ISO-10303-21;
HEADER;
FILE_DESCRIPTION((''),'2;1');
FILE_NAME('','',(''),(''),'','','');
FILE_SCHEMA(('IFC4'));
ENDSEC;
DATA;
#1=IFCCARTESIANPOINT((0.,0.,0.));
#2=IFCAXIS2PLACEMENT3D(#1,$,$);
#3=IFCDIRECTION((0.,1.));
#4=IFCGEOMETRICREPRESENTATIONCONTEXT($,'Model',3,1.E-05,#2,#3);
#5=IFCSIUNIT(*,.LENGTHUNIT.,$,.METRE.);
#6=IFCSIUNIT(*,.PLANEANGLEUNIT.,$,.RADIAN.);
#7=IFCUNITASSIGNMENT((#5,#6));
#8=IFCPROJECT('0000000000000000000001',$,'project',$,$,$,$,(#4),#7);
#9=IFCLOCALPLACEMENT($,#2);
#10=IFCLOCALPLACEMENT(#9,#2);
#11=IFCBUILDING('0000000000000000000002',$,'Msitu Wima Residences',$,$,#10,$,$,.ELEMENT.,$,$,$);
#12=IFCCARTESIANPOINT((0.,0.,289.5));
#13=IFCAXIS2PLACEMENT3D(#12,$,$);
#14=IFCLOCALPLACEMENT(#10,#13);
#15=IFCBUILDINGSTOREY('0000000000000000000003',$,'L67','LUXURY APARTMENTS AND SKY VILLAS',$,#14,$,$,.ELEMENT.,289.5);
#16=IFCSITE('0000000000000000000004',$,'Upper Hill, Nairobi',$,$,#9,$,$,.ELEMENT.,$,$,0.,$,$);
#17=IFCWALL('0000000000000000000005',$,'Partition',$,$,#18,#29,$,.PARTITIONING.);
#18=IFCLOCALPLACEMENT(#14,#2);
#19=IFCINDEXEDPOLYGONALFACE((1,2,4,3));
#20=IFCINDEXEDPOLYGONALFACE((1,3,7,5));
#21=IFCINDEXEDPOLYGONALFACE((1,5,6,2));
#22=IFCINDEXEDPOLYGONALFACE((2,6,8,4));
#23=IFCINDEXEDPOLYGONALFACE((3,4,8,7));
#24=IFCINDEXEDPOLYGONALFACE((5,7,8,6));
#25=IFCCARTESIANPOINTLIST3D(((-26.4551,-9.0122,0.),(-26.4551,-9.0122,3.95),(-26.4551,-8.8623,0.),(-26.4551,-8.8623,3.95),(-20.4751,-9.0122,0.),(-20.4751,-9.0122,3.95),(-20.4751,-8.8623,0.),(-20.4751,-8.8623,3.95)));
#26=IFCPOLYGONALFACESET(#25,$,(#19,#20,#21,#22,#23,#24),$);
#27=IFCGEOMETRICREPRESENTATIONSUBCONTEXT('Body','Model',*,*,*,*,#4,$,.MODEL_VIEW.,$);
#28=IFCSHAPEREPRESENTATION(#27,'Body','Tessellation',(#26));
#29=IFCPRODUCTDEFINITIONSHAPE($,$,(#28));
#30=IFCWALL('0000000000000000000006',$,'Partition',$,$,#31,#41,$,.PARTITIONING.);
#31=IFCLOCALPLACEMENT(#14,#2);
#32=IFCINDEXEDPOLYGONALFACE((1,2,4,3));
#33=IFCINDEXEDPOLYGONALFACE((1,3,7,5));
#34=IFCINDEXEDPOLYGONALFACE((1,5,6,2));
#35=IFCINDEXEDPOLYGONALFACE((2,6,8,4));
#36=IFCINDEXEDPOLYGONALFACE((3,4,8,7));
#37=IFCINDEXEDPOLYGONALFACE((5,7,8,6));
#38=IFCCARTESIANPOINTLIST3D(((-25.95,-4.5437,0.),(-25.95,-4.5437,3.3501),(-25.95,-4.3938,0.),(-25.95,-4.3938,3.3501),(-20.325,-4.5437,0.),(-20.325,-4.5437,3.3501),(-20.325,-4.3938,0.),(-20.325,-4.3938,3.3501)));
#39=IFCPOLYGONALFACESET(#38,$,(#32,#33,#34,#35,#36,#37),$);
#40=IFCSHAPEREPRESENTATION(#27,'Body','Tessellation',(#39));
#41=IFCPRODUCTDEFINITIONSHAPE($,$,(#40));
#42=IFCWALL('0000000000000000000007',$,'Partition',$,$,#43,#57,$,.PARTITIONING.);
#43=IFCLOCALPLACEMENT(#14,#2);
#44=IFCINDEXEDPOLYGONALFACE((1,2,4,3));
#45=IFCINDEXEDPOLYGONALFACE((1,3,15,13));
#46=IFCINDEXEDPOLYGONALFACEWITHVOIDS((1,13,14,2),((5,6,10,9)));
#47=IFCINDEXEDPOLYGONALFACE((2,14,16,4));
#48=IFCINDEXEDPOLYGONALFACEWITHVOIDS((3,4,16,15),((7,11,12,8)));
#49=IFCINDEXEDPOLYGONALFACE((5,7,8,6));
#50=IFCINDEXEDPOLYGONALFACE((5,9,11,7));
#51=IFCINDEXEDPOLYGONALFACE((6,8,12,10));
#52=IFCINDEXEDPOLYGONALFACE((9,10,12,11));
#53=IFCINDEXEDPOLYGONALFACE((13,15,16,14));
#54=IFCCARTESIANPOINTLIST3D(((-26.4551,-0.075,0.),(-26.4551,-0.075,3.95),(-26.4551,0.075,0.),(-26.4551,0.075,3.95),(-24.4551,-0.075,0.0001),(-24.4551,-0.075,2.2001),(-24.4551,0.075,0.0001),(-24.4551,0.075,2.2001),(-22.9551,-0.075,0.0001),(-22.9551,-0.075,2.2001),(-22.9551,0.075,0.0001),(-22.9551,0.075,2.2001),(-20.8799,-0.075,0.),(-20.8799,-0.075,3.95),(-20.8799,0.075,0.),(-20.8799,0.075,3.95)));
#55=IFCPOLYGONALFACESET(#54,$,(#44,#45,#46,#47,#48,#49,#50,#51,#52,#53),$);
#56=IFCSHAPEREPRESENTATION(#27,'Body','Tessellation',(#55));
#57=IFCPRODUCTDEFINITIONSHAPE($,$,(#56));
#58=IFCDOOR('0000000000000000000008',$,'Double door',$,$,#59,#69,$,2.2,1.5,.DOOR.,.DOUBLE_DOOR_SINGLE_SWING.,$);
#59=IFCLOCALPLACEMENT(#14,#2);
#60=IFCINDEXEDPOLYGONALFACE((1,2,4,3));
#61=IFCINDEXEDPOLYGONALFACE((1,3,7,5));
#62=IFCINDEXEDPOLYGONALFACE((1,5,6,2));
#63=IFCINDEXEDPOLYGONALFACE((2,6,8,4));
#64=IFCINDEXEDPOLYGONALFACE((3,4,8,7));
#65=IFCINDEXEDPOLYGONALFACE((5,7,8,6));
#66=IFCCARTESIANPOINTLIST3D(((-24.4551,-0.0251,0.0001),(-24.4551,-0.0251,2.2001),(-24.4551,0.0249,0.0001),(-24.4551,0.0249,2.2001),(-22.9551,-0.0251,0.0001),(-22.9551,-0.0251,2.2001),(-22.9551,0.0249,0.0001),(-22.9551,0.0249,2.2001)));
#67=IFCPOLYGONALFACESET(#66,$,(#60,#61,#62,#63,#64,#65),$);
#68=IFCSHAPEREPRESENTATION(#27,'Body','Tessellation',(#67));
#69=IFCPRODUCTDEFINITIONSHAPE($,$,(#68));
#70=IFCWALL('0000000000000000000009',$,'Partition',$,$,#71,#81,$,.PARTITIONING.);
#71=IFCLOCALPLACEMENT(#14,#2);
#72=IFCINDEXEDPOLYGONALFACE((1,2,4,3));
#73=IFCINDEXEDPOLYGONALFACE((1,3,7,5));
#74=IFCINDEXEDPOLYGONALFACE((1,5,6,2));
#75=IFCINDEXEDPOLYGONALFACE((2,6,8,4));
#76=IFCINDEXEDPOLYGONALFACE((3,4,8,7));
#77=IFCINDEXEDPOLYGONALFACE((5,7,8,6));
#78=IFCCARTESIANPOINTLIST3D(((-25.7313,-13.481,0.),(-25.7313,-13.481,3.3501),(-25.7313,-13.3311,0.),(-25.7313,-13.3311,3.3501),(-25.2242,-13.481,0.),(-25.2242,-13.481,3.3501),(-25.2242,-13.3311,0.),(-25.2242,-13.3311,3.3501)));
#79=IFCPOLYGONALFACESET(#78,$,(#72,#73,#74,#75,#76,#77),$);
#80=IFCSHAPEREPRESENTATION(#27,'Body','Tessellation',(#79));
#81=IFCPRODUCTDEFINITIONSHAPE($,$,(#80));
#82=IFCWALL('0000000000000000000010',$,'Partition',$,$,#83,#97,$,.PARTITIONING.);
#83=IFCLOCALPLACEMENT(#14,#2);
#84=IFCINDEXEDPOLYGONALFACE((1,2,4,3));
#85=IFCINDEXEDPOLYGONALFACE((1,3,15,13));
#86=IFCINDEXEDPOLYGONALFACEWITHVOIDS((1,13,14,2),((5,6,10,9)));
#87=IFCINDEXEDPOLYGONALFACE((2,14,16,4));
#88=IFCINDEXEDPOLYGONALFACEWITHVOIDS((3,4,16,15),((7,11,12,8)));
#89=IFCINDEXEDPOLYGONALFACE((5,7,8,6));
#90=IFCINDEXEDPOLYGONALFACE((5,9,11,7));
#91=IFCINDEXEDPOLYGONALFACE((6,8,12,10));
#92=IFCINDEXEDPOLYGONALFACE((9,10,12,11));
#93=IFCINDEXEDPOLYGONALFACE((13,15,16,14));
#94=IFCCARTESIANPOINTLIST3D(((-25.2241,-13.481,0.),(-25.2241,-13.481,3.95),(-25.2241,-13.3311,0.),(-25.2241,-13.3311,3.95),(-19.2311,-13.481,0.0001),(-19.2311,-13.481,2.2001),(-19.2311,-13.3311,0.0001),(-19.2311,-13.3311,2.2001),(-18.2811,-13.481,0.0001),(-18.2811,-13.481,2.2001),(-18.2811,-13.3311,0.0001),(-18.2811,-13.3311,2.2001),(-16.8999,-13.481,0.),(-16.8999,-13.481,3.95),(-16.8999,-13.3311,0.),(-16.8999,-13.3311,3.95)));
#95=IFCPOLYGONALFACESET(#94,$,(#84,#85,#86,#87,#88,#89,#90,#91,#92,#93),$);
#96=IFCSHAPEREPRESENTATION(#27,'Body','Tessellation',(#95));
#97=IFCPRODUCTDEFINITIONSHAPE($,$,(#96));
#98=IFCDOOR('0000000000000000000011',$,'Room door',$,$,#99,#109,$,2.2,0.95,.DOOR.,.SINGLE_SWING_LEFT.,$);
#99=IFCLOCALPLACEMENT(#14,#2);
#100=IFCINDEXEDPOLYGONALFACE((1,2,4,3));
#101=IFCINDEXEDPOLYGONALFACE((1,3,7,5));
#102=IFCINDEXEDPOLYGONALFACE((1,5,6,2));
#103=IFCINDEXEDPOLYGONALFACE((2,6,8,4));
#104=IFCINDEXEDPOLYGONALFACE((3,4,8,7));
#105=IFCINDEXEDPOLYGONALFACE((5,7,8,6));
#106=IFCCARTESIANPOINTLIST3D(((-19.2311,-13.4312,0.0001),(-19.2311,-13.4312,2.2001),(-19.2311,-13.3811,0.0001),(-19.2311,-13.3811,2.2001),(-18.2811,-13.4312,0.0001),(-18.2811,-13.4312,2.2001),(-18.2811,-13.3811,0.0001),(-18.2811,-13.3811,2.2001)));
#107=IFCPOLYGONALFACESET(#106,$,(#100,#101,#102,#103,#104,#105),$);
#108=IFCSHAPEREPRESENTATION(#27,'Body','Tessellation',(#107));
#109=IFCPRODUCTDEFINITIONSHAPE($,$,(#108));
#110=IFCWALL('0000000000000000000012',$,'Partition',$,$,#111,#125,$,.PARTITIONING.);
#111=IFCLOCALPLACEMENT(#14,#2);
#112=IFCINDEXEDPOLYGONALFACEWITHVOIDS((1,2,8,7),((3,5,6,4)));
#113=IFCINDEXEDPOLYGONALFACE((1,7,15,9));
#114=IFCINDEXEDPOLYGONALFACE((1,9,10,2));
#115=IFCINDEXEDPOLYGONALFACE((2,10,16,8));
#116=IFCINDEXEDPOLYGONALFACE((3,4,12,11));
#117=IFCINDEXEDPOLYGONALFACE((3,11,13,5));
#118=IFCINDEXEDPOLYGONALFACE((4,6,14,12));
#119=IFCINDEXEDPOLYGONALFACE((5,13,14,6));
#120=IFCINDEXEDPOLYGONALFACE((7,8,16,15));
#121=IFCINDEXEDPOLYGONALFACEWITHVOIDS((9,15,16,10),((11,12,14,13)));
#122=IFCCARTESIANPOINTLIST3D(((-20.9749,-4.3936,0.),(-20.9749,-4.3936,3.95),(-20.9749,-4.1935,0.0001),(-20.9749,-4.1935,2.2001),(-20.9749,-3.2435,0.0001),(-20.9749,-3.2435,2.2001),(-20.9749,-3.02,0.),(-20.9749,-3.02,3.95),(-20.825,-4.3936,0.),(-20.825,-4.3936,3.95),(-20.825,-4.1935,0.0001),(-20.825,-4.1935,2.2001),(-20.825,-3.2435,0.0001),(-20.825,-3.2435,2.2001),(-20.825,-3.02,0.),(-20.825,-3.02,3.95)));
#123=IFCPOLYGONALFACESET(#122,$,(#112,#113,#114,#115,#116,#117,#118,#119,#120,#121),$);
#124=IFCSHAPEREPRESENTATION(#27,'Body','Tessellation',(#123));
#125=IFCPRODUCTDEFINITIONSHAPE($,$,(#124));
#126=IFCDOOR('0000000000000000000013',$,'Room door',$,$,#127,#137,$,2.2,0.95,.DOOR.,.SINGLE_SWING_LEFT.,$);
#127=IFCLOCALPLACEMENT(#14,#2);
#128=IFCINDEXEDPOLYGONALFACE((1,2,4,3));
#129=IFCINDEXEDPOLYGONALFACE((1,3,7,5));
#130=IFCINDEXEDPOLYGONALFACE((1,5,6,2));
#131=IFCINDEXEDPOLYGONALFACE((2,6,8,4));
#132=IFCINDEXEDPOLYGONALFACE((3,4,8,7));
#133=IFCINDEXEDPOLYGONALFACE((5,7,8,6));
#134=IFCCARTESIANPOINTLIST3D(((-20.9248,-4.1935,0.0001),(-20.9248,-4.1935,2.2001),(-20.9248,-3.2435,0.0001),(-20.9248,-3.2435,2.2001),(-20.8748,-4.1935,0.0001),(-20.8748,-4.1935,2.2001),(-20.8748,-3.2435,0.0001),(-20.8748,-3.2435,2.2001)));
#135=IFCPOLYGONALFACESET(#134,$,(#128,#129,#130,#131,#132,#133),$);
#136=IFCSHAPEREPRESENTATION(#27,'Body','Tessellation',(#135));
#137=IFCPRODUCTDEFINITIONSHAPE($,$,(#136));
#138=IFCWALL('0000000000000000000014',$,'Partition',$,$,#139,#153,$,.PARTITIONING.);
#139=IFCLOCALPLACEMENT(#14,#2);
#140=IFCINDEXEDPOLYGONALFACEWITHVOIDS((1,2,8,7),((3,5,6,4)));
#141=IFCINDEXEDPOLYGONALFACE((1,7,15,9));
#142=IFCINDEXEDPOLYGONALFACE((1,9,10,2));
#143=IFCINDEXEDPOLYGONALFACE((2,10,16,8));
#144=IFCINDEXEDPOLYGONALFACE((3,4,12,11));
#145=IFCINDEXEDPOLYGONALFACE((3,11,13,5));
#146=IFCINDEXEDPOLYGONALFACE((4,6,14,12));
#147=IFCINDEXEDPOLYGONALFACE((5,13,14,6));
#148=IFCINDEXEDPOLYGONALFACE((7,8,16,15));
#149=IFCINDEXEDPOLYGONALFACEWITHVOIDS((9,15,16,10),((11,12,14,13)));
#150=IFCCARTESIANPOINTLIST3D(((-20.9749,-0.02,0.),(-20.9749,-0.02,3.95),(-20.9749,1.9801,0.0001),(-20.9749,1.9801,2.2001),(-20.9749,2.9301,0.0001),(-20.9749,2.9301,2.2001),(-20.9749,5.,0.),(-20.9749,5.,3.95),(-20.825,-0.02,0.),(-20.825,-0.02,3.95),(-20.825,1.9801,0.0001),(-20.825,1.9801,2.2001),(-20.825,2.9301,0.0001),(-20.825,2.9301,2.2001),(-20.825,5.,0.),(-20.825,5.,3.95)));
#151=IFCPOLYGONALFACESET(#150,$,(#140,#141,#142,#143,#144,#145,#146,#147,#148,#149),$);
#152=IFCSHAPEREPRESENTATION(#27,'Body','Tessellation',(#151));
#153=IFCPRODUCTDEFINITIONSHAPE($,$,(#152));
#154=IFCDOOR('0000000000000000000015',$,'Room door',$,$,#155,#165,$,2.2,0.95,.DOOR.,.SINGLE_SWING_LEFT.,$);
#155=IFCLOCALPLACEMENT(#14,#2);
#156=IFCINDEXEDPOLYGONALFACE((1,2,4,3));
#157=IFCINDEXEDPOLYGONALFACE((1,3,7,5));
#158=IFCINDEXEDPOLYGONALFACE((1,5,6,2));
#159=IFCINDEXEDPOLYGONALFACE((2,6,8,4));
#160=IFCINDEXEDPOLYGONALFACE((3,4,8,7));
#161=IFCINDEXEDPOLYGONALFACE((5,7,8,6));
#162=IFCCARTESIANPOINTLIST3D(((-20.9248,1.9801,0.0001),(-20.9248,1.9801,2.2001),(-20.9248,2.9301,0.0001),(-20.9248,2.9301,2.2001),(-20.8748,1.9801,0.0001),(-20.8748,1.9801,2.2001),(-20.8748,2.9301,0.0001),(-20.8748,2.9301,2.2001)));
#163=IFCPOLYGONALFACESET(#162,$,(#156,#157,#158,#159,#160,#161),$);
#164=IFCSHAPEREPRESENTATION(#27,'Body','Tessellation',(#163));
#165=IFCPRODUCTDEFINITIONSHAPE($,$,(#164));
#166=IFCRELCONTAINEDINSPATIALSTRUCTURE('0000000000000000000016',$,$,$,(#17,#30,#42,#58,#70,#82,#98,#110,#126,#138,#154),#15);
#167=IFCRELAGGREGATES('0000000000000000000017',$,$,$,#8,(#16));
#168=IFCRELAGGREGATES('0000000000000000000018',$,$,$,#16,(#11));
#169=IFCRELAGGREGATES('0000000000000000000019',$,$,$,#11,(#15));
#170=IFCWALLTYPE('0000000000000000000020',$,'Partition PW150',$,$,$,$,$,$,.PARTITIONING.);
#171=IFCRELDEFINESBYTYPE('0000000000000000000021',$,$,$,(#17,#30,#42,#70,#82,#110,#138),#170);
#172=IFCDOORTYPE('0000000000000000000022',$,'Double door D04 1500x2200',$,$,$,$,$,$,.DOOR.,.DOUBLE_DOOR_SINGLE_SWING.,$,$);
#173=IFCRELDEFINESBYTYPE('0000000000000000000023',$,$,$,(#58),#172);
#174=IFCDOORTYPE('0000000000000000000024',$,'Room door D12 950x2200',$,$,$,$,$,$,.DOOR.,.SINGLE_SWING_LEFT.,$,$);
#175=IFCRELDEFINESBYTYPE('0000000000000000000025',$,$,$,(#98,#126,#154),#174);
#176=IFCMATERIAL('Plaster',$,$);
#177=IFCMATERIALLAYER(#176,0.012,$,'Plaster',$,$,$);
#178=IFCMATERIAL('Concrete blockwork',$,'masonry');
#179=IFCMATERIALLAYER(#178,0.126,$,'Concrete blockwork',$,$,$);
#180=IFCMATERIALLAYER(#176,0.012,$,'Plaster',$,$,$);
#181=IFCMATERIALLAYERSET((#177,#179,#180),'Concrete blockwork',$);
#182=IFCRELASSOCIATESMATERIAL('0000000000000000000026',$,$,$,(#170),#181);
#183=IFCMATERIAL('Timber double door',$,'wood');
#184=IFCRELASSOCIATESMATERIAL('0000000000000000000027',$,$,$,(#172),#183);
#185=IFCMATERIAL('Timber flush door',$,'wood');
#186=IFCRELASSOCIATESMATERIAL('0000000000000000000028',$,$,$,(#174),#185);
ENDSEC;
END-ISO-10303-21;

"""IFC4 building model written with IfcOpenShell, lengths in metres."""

from ifc_helpers import new_model, si_unit, direction, frame, frame_2d, origin, place, context, subcontext, project, spatial, rectangle, extrude, material, layer, layer_set, type_object, element, fill, save


model = new_model("IFC4")

# Units and contexts
model_context = context("Model", 3, precision=1e-05, world=origin(), true_north=direction((0.0, 1.0)))
body_context = subcontext(model_context, "Body", "Model", "MODEL_VIEW")
ifc_project = project(units=[si_unit("LENGTHUNIT", "METRE"), si_unit("PLANEANGLEUNIT", "RADIAN")], contexts=[model_context])

# Site, building, storey
site_placement = place(None, origin())
site = spatial("IfcSite", under=ifc_project, at=site_placement, Name="Upper Hill, Nairobi", CompositionType="ELEMENT", RefElevation=0.0)
building_placement = place(site_placement, origin())
building = spatial("IfcBuilding", under=site, at=building_placement, Name="Msitu Wima Residences", CompositionType="ELEMENT")
storey_placement = place(building_placement, frame((0.0, 0.0, 289.5)))
storey = spatial("IfcBuildingStorey", under=building, at=storey_placement, Name="L67", Description="LUXURY APARTMENTS AND SKY VILLAS", CompositionType="ELEMENT", Elevation=289.5)

# Walls
ifc_material_1 = material(Name="Plaster")
ifc_layer_1 = layer(ifc_material_1, 0.012, Name="Plaster")
ifc_material_2 = material(Name="Concrete blockwork", Category="masonry")
ifc_layer_2 = layer(ifc_material_2, 0.126, Name="Concrete blockwork")
ifc_layer_3 = layer(ifc_material_1, 0.012, Name="Plaster")
ifc_layer_set_1 = layer_set([ifc_layer_1, ifc_layer_2, ifc_layer_3], Name="Concrete blockwork")
wall_type_1 = type_object("IfcWallType", Name="Partition PW150", PredefinedType="PARTITIONING", material=ifc_layer_set_1)
wall_1_placement = place(storey_placement, frame((-26.4551, -8.9373, 0.0), z_axis=(0.0, 0.0, 1.0), x_axis=(1.0, 0.0, 0.0)))
element("IfcWall", 1, at=wall_1_placement, inside=storey, type_object=wall_type_1, Name="Partition", PredefinedType="PARTITIONING", context=body_context, shape_type="SweptSolid", body=[
    extrude(rectangle(XDim=5.98, YDim=0.1499, at=frame_2d((2.99, 0.0))), origin(), (0.0, 0.0, 1.0), 3.95),
])
wall_2_placement = place(storey_placement, frame((-25.95, -4.4688, 0.0), z_axis=(0.0, 0.0, 1.0), x_axis=(1.0, 0.0, 0.0)))
element("IfcWall", 2, at=wall_2_placement, inside=storey, type_object=wall_type_1, Name="Partition", PredefinedType="PARTITIONING", context=body_context, shape_type="SweptSolid", body=[
    extrude(rectangle(XDim=5.625, YDim=0.1499, at=frame_2d((2.8125, 0.0))), origin(), (0.0, 0.0, 1.0), 3.3501),
])

# Wall, opening, door
wall_3_placement = place(storey_placement, frame((-26.4551, 0.0, 0.0), z_axis=(0.0, 0.0, 1.0), x_axis=(1.0, 0.0, 0.0)))
wall_3 = element("IfcWall", 3, at=wall_3_placement, inside=storey, type_object=wall_type_1, Name="Partition", PredefinedType="PARTITIONING", context=body_context, shape_type="SweptSolid", body=[
    extrude(rectangle(XDim=5.5752, YDim=0.1499, at=frame_2d((2.7876, 0.0))), origin(), (0.0, 0.0, 1.0), 3.95),
])
opening_1_placement = place(wall_3_placement, frame((2.0, 0.0, 0.0)))
opening_1 = element("IfcOpeningElement", 4, at=opening_1_placement, cuts=wall_3, PredefinedType="OPENING", context=body_context, shape_type="SweptSolid", body=[
    extrude(rectangle(XDim=1.5, YDim=2.2, at=frame_2d((0.75, 1.1001))), frame((0.0, 0.085, 0.0), z_axis=(0.0, -1.0, 0.0), x_axis=(1.0, 0.0, 0.0)), (0.0, 0.0, 1.0), 0.1699),
])
ifc_material_3 = material(Name="Timber double door", Category="wood")
door_type_1 = type_object("IfcDoorType", Name="Double door D04 1500x2200", OperationType="DOUBLE_DOOR_SINGLE_SWING", PredefinedType="DOOR", material=ifc_material_3)
door_1_placement = place(opening_1_placement, origin())
door_1 = element("IfcDoor", 5, at=door_1_placement, inside=storey, type_object=door_type_1, Name="Double door", OperationType="DOUBLE_DOOR_SINGLE_SWING", OverallHeight=2.2, OverallWidth=1.5, PredefinedType="DOOR", context=body_context, shape_type="SweptSolid", body=[
    extrude(rectangle(XDim=1.5, YDim=2.2, at=frame_2d((0.75, 1.1001))), frame((0.0, 0.0249, 0.0), z_axis=(0.0, -1.0, 0.0), x_axis=(1.0, 0.0, 0.0)), (0.0, 0.0, 1.0), 0.05),
])
fill(opening_1, door_1)

# Wall
wall_4_placement = place(storey_placement, frame((-25.7312, -13.406, 0.0), z_axis=(0.0, 0.0, 1.0), x_axis=(1.0, 0.0, 0.0)))
element("IfcWall", 6, at=wall_4_placement, inside=storey, type_object=wall_type_1, Name="Partition", PredefinedType="PARTITIONING", context=body_context, shape_type="SweptSolid", body=[
    extrude(rectangle(XDim=0.5071, YDim=0.1499, at=frame_2d((0.2534, 0.0))), origin(), (0.0, 0.0, 1.0), 3.3501),
])

# Walls, openings, doors
wall_5_placement = place(storey_placement, frame((-25.2241, -13.406, 0.0), z_axis=(0.0, 0.0, 1.0), x_axis=(1.0, 0.0, 0.0)))
wall_5 = element("IfcWall", 7, at=wall_5_placement, inside=storey, type_object=wall_type_1, Name="Partition", PredefinedType="PARTITIONING", context=body_context, shape_type="SweptSolid", body=[
    extrude(rectangle(XDim=8.3242, YDim=0.1499, at=frame_2d((4.1621, 0.0))), origin(), (0.0, 0.0, 1.0), 3.95),
])
opening_2_placement = place(wall_5_placement, frame((5.9929, 0.0, 0.0)))
opening_2 = element("IfcOpeningElement", 8, at=opening_2_placement, cuts=wall_5, PredefinedType="OPENING", context=body_context, shape_type="SweptSolid", body=[
    extrude(rectangle(XDim=0.95, YDim=2.2, at=frame_2d((0.4751, 1.1001))), frame((0.0, 0.085, 0.0), z_axis=(0.0, -1.0, 0.0), x_axis=(1.0, 0.0, 0.0)), (0.0, 0.0, 1.0), 0.1699),
])
ifc_material_4 = material(Name="Timber flush door", Category="wood")
door_type_2 = type_object("IfcDoorType", Name="Room door D12 950x2200", OperationType="SINGLE_SWING_LEFT", PredefinedType="DOOR", material=ifc_material_4)
door_2_placement = place(opening_2_placement, origin())
door_2 = element("IfcDoor", 9, at=door_2_placement, inside=storey, type_object=door_type_2, Name="Room door", OperationType="SINGLE_SWING_LEFT", OverallHeight=2.2, OverallWidth=0.95, PredefinedType="DOOR", context=body_context, shape_type="SweptSolid", body=[
    extrude(rectangle(XDim=0.95, YDim=2.2, at=frame_2d((0.4751, 1.1001))), frame((0.0, 0.0249, 0.0), z_axis=(0.0, -1.0, 0.0), x_axis=(1.0, 0.0, 0.0)), (0.0, 0.0, 1.0), 0.05),
])
fill(opening_2, door_2)
wall_6_placement = place(storey_placement, frame((-20.8999, -4.3936, 0.0), z_axis=(0.0, 0.0, 1.0), x_axis=(0.0, 1.0, 0.0)))
wall_6 = element("IfcWall", 10, at=wall_6_placement, inside=storey, type_object=wall_type_1, Name="Partition", PredefinedType="PARTITIONING", context=body_context, shape_type="SweptSolid", body=[
    extrude(rectangle(XDim=1.3735, YDim=0.1499, at=frame_2d((0.6868, 0.0))), origin(), (0.0, 0.0, 1.0), 3.95),
])
opening_3_placement = place(wall_6_placement, frame((0.2, 0.0, 0.0)))
opening_3 = element("IfcOpeningElement", 11, at=opening_3_placement, cuts=wall_6, PredefinedType="OPENING", context=body_context, shape_type="SweptSolid", body=[
    extrude(rectangle(XDim=0.95, YDim=2.2, at=frame_2d((0.4751, 1.1001))), frame((0.0, 0.085, 0.0), z_axis=(0.0, -1.0, 0.0), x_axis=(1.0, 0.0, 0.0)), (0.0, 0.0, 1.0), 0.1699),
])
door_3_placement = place(opening_3_placement, origin())
door_3 = element("IfcDoor", 12, at=door_3_placement, inside=storey, type_object=door_type_2, Name="Room door", OperationType="SINGLE_SWING_LEFT", OverallHeight=2.2, OverallWidth=0.95, PredefinedType="DOOR", context=body_context, shape_type="SweptSolid", body=[
    extrude(rectangle(XDim=0.95, YDim=2.2, at=frame_2d((0.4751, 1.1001))), frame((0.0, 0.0249, 0.0), z_axis=(0.0, -1.0, 0.0), x_axis=(1.0, 0.0, 0.0)), (0.0, 0.0, 1.0), 0.05),
])
fill(opening_3, door_3)
wall_7_placement = place(storey_placement, frame((-20.8999, -0.02, 0.0), z_axis=(0.0, 0.0, 1.0), x_axis=(0.0, 1.0, 0.0)))
wall_7 = element("IfcWall", 13, at=wall_7_placement, inside=storey, type_object=wall_type_1, Name="Partition", PredefinedType="PARTITIONING", context=body_context, shape_type="SweptSolid", body=[
    extrude(rectangle(XDim=5.02, YDim=0.1499, at=frame_2d((2.51, 0.0))), origin(), (0.0, 0.0, 1.0), 3.95),
])
opening_4_placement = place(wall_7_placement, frame((2.0, 0.0, 0.0)))
opening_4 = element("IfcOpeningElement", 14, at=opening_4_placement, cuts=wall_7, PredefinedType="OPENING", context=body_context, shape_type="SweptSolid", body=[
    extrude(rectangle(XDim=0.95, YDim=2.2, at=frame_2d((0.4751, 1.1001))), frame((0.0, 0.085, 0.0), z_axis=(0.0, -1.0, 0.0), x_axis=(1.0, 0.0, 0.0)), (0.0, 0.0, 1.0), 0.1699),
])
door_4_placement = place(opening_4_placement, origin())
door_4 = element("IfcDoor", 15, at=door_4_placement, inside=storey, type_object=door_type_2, Name="Room door", OperationType="SINGLE_SWING_LEFT", OverallHeight=2.2, OverallWidth=0.95, PredefinedType="DOOR", context=body_context, shape_type="SweptSolid", body=[
    extrude(rectangle(XDim=0.95, YDim=2.2, at=frame_2d((0.4751, 1.1001))), frame((0.0, 0.0249, 0.0), z_axis=(0.0, -1.0, 0.0), x_axis=(1.0, 0.0, 0.0)), (0.0, 0.0, 1.0), 0.05),
])
fill(opening_4, door_4)

save(model, "model.ifc")
